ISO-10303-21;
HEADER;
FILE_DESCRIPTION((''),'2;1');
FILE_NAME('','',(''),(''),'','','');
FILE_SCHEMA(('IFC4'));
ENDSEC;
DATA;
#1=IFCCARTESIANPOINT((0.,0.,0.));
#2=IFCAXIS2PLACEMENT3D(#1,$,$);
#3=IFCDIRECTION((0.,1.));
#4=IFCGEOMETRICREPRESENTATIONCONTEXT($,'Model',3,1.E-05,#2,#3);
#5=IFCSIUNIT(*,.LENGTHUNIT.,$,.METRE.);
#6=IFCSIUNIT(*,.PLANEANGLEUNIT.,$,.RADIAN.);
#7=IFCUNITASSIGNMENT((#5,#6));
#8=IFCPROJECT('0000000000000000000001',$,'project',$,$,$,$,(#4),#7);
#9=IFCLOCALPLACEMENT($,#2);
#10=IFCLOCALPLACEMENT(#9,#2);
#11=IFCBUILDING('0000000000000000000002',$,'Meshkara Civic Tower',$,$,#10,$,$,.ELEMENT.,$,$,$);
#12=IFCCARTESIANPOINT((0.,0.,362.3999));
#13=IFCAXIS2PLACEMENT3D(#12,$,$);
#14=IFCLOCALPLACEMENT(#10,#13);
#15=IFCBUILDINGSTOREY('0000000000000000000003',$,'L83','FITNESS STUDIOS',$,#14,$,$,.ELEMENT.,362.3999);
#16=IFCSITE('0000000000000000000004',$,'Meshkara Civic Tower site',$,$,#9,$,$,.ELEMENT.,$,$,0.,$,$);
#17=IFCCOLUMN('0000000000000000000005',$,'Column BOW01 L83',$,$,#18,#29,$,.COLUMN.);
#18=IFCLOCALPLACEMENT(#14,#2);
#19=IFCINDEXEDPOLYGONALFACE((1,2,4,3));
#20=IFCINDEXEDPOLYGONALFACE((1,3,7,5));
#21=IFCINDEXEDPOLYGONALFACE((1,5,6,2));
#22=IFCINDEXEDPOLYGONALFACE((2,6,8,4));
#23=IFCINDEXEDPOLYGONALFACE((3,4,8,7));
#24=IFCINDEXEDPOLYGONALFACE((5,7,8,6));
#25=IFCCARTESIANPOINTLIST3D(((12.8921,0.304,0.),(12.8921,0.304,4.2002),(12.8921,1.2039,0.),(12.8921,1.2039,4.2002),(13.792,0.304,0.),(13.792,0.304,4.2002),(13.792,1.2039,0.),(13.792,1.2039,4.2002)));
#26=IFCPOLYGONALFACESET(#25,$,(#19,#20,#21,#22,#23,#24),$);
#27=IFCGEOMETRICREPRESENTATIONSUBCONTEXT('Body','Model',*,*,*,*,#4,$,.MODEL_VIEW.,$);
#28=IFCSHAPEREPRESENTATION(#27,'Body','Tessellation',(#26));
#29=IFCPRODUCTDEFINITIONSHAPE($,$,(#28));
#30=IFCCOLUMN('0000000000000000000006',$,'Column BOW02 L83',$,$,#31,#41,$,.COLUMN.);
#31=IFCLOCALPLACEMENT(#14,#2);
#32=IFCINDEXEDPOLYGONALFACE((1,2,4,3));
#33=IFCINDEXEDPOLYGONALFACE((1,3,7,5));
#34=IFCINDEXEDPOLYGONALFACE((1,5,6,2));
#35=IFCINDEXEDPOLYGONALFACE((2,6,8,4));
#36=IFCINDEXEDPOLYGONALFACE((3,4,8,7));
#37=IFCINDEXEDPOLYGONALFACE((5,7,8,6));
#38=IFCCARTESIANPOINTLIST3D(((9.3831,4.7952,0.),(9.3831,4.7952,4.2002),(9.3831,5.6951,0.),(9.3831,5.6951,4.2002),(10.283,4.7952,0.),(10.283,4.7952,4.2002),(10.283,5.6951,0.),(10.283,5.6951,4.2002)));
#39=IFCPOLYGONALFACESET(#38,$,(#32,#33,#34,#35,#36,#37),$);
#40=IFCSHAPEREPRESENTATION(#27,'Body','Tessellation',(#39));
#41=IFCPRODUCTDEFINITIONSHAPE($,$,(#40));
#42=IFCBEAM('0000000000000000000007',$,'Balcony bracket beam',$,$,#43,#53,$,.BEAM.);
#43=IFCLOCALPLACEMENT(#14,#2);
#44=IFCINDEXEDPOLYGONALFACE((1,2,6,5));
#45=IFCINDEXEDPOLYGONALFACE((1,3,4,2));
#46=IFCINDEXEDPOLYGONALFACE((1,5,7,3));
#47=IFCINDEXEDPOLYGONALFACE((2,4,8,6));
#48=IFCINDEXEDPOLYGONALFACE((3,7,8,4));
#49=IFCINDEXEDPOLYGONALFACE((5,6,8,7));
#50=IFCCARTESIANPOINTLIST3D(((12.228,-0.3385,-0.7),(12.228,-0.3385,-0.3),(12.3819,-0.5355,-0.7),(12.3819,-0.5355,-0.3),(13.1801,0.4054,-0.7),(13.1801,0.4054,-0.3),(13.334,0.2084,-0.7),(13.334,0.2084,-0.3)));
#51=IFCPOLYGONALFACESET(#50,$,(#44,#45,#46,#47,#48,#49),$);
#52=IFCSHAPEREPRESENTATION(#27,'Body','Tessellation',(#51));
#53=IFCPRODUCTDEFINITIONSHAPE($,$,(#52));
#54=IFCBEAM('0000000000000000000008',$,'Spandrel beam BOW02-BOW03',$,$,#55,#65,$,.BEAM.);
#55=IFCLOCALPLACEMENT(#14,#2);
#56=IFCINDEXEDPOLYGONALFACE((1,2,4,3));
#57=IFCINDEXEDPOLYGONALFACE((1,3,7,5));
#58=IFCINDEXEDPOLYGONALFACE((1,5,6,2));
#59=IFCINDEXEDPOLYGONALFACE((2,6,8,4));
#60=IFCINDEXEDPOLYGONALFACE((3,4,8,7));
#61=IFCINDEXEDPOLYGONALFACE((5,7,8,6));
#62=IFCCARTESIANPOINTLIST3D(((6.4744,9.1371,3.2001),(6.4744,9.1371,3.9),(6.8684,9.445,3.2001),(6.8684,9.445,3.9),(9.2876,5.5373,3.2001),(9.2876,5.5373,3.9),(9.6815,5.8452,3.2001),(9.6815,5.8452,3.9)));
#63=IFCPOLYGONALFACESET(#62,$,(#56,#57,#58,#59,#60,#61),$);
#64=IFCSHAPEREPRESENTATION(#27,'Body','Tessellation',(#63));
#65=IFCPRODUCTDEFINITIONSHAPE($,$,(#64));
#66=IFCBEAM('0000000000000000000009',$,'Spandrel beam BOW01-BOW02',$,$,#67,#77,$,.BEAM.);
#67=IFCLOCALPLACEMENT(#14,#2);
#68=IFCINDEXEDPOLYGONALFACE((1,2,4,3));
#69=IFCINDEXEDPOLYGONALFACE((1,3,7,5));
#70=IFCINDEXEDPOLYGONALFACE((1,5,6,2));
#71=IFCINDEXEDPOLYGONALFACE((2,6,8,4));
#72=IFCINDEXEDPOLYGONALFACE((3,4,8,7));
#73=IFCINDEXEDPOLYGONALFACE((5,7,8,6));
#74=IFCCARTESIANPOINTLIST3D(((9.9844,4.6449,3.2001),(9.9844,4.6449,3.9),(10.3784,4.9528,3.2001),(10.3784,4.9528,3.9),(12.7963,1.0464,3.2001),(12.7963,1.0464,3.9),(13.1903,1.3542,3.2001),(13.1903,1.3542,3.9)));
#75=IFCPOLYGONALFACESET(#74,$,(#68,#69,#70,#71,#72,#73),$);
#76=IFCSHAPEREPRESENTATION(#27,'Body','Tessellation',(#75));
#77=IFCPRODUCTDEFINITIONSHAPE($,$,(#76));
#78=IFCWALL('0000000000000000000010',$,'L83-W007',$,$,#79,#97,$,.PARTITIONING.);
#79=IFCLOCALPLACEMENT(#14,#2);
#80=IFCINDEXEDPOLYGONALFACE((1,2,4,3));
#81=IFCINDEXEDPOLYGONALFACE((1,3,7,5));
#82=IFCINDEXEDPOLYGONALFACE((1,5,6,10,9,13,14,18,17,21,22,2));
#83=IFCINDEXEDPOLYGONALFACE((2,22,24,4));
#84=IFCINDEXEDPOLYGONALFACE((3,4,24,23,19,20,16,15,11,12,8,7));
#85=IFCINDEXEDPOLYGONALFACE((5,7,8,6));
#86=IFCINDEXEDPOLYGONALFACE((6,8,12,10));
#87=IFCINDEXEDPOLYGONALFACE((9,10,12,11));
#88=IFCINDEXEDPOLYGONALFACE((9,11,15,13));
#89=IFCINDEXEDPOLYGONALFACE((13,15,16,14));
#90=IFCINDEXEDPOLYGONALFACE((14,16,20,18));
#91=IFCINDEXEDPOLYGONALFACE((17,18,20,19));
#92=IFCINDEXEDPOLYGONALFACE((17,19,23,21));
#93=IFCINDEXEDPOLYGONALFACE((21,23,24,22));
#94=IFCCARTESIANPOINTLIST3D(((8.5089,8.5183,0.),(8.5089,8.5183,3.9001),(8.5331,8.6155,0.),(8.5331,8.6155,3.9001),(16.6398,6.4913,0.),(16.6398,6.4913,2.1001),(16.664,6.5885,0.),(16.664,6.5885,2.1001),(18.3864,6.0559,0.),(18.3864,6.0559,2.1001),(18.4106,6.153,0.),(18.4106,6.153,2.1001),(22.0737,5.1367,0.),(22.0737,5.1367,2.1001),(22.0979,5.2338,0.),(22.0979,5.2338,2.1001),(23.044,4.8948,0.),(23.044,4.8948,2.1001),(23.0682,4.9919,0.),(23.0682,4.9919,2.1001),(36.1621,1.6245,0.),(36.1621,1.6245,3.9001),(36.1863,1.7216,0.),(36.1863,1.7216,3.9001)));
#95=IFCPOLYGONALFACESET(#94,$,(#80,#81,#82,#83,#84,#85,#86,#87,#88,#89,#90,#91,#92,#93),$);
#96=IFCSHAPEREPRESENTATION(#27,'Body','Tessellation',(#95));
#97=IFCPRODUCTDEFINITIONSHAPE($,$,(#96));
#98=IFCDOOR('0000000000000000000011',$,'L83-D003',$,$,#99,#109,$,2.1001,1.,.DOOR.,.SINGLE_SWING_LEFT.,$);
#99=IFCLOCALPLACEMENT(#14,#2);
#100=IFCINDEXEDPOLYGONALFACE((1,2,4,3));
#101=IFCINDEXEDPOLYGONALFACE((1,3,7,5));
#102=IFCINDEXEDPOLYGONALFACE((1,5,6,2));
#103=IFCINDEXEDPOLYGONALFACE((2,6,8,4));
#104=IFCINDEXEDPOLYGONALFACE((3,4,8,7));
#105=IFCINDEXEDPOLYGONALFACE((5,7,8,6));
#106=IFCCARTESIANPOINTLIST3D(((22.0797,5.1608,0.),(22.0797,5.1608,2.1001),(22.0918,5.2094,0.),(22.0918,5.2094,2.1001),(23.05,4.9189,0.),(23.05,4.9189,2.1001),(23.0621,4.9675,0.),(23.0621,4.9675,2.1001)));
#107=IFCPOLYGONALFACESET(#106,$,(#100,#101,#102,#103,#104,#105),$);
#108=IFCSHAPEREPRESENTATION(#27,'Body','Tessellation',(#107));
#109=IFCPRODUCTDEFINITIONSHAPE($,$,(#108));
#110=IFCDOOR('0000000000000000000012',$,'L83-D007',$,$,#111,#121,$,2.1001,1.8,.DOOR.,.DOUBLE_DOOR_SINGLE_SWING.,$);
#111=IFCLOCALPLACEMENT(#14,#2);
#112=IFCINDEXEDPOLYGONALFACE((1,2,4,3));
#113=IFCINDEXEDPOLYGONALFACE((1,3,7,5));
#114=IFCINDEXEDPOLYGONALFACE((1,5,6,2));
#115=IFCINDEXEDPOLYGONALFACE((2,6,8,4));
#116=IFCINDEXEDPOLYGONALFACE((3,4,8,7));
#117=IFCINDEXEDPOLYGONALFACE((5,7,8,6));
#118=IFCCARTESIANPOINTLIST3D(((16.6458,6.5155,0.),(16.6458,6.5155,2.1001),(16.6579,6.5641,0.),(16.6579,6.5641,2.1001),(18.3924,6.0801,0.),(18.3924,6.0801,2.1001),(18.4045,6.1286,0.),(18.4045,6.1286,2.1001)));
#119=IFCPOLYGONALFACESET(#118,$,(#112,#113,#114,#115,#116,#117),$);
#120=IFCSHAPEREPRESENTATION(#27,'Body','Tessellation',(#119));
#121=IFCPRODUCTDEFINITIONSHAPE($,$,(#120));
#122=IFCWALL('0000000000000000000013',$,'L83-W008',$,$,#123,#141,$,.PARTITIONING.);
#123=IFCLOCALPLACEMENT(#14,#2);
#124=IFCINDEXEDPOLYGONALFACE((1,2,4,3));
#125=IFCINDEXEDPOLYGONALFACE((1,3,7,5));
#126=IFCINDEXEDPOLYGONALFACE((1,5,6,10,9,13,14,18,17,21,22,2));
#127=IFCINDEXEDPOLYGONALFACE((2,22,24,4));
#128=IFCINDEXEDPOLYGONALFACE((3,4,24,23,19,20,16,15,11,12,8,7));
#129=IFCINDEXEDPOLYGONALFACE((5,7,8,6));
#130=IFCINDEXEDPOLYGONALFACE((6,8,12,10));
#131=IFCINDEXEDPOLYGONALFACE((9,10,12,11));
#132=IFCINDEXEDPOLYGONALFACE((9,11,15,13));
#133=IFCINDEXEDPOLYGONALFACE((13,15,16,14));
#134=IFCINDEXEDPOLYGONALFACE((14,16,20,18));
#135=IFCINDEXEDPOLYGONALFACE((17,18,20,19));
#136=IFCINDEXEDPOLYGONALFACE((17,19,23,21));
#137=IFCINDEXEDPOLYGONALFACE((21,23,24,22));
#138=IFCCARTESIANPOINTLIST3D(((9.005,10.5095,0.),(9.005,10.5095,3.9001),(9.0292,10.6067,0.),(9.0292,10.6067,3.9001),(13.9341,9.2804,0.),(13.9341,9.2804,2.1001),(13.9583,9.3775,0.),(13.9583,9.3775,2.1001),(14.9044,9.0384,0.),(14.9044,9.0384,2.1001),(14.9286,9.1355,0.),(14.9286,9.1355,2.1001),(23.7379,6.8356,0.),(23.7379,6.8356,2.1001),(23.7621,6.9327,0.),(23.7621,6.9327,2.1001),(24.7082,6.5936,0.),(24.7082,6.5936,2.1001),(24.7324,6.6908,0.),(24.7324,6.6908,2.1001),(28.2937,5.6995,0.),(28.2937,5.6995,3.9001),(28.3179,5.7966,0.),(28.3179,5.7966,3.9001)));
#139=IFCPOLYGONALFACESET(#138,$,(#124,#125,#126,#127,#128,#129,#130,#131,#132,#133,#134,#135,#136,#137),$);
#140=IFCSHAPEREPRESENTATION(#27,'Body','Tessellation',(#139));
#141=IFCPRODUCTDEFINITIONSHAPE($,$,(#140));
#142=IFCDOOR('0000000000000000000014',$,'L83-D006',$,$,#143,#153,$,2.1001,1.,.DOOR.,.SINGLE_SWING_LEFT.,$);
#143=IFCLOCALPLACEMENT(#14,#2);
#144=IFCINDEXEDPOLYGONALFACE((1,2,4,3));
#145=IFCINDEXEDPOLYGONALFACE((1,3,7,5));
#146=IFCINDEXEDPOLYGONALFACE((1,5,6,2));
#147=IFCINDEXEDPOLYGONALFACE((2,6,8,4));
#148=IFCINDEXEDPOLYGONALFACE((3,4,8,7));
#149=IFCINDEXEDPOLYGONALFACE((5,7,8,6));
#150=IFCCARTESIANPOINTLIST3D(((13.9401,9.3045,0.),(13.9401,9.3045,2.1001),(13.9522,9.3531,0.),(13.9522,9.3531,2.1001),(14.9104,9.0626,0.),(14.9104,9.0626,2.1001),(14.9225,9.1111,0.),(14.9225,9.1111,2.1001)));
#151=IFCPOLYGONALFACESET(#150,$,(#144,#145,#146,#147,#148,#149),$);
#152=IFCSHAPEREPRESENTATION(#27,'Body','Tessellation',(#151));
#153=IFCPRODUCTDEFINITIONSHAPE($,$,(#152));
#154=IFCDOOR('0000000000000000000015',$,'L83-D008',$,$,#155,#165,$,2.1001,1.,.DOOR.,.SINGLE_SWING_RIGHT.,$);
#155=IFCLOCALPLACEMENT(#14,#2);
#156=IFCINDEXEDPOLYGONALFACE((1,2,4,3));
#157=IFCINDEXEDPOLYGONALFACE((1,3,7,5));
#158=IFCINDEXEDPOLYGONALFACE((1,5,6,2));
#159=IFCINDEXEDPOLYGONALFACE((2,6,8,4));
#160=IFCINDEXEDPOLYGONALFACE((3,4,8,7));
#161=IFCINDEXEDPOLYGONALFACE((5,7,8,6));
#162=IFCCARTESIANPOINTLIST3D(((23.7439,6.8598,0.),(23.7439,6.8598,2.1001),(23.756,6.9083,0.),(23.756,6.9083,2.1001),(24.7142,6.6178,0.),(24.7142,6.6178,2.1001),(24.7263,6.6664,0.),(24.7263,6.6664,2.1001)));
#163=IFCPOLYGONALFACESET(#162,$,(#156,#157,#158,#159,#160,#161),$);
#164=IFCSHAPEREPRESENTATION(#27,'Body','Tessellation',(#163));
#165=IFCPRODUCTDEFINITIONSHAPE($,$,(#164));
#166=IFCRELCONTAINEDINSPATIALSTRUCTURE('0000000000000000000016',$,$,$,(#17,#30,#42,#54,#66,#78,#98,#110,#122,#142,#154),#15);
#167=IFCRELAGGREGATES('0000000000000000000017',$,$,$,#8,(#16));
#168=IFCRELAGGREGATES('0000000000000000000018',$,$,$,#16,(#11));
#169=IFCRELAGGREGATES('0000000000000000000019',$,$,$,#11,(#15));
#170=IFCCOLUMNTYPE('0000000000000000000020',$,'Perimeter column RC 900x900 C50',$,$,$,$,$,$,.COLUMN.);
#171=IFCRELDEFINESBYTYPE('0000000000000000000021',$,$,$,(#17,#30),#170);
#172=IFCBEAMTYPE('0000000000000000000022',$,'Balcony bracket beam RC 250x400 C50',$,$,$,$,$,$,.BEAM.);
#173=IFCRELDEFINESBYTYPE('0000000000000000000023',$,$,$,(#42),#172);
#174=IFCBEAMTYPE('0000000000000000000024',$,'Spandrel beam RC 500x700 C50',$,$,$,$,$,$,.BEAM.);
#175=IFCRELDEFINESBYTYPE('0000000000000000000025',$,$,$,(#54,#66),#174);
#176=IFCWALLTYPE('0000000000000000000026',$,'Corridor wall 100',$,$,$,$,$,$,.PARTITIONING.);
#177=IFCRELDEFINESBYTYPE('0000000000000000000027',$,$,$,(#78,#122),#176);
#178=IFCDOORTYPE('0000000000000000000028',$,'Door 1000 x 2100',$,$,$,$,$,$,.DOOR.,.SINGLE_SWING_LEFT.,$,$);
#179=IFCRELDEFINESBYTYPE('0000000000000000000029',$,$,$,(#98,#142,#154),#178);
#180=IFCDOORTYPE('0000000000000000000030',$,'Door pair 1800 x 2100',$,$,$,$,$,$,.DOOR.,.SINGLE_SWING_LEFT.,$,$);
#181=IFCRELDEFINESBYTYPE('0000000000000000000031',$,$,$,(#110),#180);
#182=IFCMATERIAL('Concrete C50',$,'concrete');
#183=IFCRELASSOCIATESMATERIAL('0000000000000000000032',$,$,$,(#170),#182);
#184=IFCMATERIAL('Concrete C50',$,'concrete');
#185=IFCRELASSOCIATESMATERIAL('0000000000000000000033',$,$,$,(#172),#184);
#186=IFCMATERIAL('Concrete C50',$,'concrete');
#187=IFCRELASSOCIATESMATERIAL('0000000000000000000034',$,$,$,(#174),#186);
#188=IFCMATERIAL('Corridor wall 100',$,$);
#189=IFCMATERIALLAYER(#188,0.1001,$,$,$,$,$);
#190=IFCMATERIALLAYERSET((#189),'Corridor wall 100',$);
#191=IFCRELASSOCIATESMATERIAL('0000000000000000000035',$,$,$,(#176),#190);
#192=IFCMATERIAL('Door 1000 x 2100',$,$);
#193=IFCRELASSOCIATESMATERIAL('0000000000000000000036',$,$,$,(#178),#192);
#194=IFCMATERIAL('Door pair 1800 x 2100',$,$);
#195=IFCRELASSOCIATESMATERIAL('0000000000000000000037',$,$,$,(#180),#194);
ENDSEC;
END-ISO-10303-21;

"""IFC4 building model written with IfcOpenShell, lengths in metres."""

from ifc_helpers import new_model, si_unit, direction, frame, frame_2d, origin, origin_2d, place, context, subcontext, project, spatial, rectangle, extrude, material, layer, layer_set, material_profile, profile_set, type_object, element, fill, save


model = new_model("IFC4")

# Units and contexts
model_context = context("Model", 3, precision=1e-05, world=origin(), true_north=direction((0.0, 1.0)))
body_context = subcontext(model_context, "Body", "Model", "MODEL_VIEW")
ifc_project = project(units=[si_unit("LENGTHUNIT", "METRE"), si_unit("PLANEANGLEUNIT", "RADIAN")], contexts=[model_context])

# Site, building, storey
site_placement = place(None, origin())
site = spatial("IfcSite", under=ifc_project, at=site_placement, Name="Meshkara Civic Tower site", CompositionType="ELEMENT", RefElevation=0.0)
building_placement = place(site_placement, origin())
building = spatial("IfcBuilding", under=site, at=building_placement, Name="Meshkara Civic Tower", CompositionType="ELEMENT")
storey_placement = place(building_placement, frame((0.0, 0.0, 362.3999)))
storey = spatial("IfcBuildingStorey", under=building, at=storey_placement, Name="L83", Description="FITNESS STUDIOS", CompositionType="ELEMENT", Elevation=362.3999)

# Columns
ifc_material_1 = material(Name="Concrete C50", Category="concrete")
ifc_material_profile_1 = material_profile(ifc_material_1, rectangle(XDim=0.8999, YDim=0.8999, at=origin_2d()))
ifc_profile_set_1 = profile_set([ifc_material_profile_1], Name="Concrete C50")
column_type = type_object("IfcColumnType", Name="Perimeter column RC 900x900 C50", PredefinedType="COLUMN", material=ifc_profile_set_1)
for number, where, z_axis, x_axis, name in (
    (1, (13.342, 0.7539, 0.0), (0.0, 0.0, 1.0), (1.0, 0.0, 0.0), "Column BOW01 L83"),
    (2, (9.833, 5.2451, 0.0), (0.0, 0.0, 1.0), (1.0, 0.0, 0.0), "Column BOW02 L83"),
):
    element("IfcColumn", number, at=place(storey_placement, frame(where, z_axis=z_axis, x_axis=x_axis)), inside=storey, type_object=column_type, Name=name, PredefinedType="COLUMN", context=body_context, shape_type="SweptSolid", body=[
        extrude(rectangle(XDim=0.8999, YDim=0.8999, at=origin_2d()), origin(), (0.0, 0.0, 1.0), 4.2002),
    ])

# Beams
ifc_material_2 = material(Name="Concrete C50", Category="concrete")
ifc_material_profile_2 = material_profile(ifc_material_2, rectangle(XDim=0.25, YDim=0.3999, at=origin_2d()))
ifc_profile_set_2 = profile_set([ifc_material_profile_2], Name="Concrete C50")
beam_type_1 = type_object("IfcBeamType", Name="Balcony bracket beam RC 250x400 C50", PredefinedType="BEAM", material=ifc_profile_set_2)
beam_1_placement = place(storey_placement, frame((13.2571, 0.3069, -0.5), z_axis=(-0.788012, -0.61566, 0.0), x_axis=(0.61566, -0.788012, 0.0)))
element("IfcBeam", 3, at=beam_1_placement, inside=storey, type_object=beam_type_1, Name="Balcony bracket beam", PredefinedType="BEAM", context=body_context, shape_type="SweptSolid", body=[
    extrude(rectangle(XDim=0.25, YDim=0.3999, at=origin_2d()), origin(), (0.0, 0.0, 1.0), 1.2083),
])
ifc_material_3 = material(Name="Concrete C50", Category="concrete")
ifc_material_profile_3 = material_profile(ifc_material_3, rectangle(XDim=0.5, YDim=0.7, at=origin_2d()))
ifc_profile_set_3 = profile_set([ifc_material_profile_3], Name="Concrete C50")
beam_type_2 = type_object("IfcBeamType", Name="Spandrel beam RC 500x700 C50", PredefinedType="BEAM", material=ifc_profile_set_3)
beam_2_placement = place(storey_placement, frame((6.6714, 9.291, 3.55), z_axis=(0.615759, -0.787934, 0.0), x_axis=(0.787934, 0.615759, 0.0)))
element("IfcBeam", 4, at=beam_2_placement, inside=storey, type_object=beam_type_2, Name="Spandrel beam BOW02-BOW03", PredefinedType="BEAM", context=body_context, shape_type="SweptSolid", body=[
    extrude(rectangle(XDim=0.5, YDim=0.7, at=origin_2d()), origin(), (0.0, 0.0, 1.0), 4.5686),
])
beam_3_placement = place(storey_placement, frame((10.1814, 4.7988, 3.55), z_axis=(0.615723, -0.787963, 0.0), x_axis=(0.787963, 0.615723, 0.0)))
element("IfcBeam", 5, at=beam_3_placement, inside=storey, type_object=beam_type_2, Name="Spandrel beam BOW01-BOW02", PredefinedType="BEAM", context=body_context, shape_type="SweptSolid", body=[
    extrude(rectangle(XDim=0.5, YDim=0.7, at=origin_2d()), origin(), (0.0, 0.0, 1.0), 4.5669),
])

# Walls, openings, doors
ifc_material_4 = material(Name="Corridor wall 100")
ifc_layer_1 = layer(ifc_material_4, 0.1001)
ifc_layer_set_1 = layer_set([ifc_layer_1], Name="Corridor wall 100")
wall_type_1 = type_object("IfcWallType", Name="Corridor wall 100", PredefinedType="PARTITIONING", material=ifc_layer_set_1)
wall_1_placement = place(storey_placement, frame((8.521, 8.5669, 0.0), z_axis=(0.0, 0.0, 1.0), x_axis=(0.970303, -0.241893, 0.0)))
wall_1 = element("IfcWall", 6, at=wall_1_placement, inside=storey, type_object=wall_type_1, Name="L83-W007", PredefinedType="PARTITIONING", context=body_context, shape_type="SweptSolid", body=[
    extrude(rectangle(XDim=28.4995, YDim=0.1001, at=frame_2d((14.2498, 0.0))), origin(), (0.0, 0.0, 1.0), 3.9001),
])
opening_1_placement = place(wall_1_placement, frame((13.98, 0.0, 0.0)))
opening_1 = element("IfcOpeningElement", 7, at=opening_1_placement, cuts=wall_1, PredefinedType="OPENING", context=body_context, shape_type="SweptSolid", body=[
    extrude(rectangle(XDim=1.0, YDim=2.1001, at=frame_2d((0.5, 1.05))), frame((0.0, 0.0601, 0.0), z_axis=(0.0, -1.0, 0.0), x_axis=(1.0, 0.0, 0.0)), (0.0, 0.0, 1.0), 0.1201),
])
opening_2_placement = place(wall_1_placement, frame((8.3799, 0.0, 0.0)))
opening_2 = element("IfcOpeningElement", 8, at=opening_2_placement, cuts=wall_1, PredefinedType="OPENING", context=body_context, shape_type="SweptSolid", body=[
    extrude(rectangle(XDim=1.8, YDim=2.1001, at=frame_2d((0.8999, 1.05))), frame((0.0, 0.0601, 0.0), z_axis=(0.0, -1.0, 0.0), x_axis=(1.0, 0.0, 0.0)), (0.0, 0.0, 1.0), 0.1201),
])
ifc_material_5 = material(Name="Door 1000 x 2100")
door_type_1 = type_object("IfcDoorType", Name="Door 1000 x 2100", OperationType="SINGLE_SWING_LEFT", PredefinedType="DOOR", material=ifc_material_5)
door_1_placement = place(opening_1_placement, origin())
door_1 = element("IfcDoor", 9, at=door_1_placement, inside=storey, type_object=door_type_1, Name="L83-D003", OperationType="SINGLE_SWING_LEFT", OverallHeight=2.1001, OverallWidth=1.0, PredefinedType="DOOR", context=body_context, shape_type="SweptSolid", body=[
    extrude(rectangle(XDim=1.0, YDim=2.1001, at=frame_2d((0.5, 1.05))), frame((0.0, 0.0249, 0.0), z_axis=(0.0, -1.0, 0.0), x_axis=(1.0, 0.0, 0.0)), (0.0, 0.0, 1.0), 0.05),
])
fill(opening_1, door_1)
ifc_material_6 = material(Name="Door pair 1800 x 2100")
door_type_2 = type_object("IfcDoorType", Name="Door pair 1800 x 2100", OperationType="SINGLE_SWING_LEFT", PredefinedType="DOOR", material=ifc_material_6)
door_2_placement = place(opening_2_placement, origin())
door_2 = element("IfcDoor", 10, at=door_2_placement, inside=storey, type_object=door_type_2, Name="L83-D007", OperationType="DOUBLE_DOOR_SINGLE_SWING", OverallHeight=2.1001, OverallWidth=1.8, PredefinedType="DOOR", context=body_context, shape_type="SweptSolid", body=[
    extrude(rectangle(XDim=1.8, YDim=2.1001, at=frame_2d((0.8999, 1.05))), frame((0.0, 0.0249, 0.0), z_axis=(0.0, -1.0, 0.0), x_axis=(1.0, 0.0, 0.0)), (0.0, 0.0, 1.0), 0.05),
])
fill(opening_2, door_2)
wall_2_placement = place(storey_placement, frame((9.0171, 10.5581, 0.0), z_axis=(0.0, 0.0, 1.0), x_axis=(0.970286, -0.241961, 0.0)))
wall_2 = element("IfcWall", 11, at=wall_2_placement, inside=storey, type_object=wall_type_1, Name="L83-W008", PredefinedType="PARTITIONING", context=body_context, shape_type="SweptSolid", body=[
    extrude(rectangle(XDim=19.8794, YDim=0.1001, at=frame_2d((9.9397, 0.0))), origin(), (0.0, 0.0, 1.0), 3.9001),
])
opening_3_placement = place(wall_2_placement, frame((5.0801, 0.0, 0.0)))
opening_3 = element("IfcOpeningElement", 12, at=opening_3_placement, cuts=wall_2, PredefinedType="OPENING", context=body_context, shape_type="SweptSolid", body=[
    extrude(rectangle(XDim=1.0, YDim=2.1001, at=frame_2d((0.5, 1.05))), frame((0.0, 0.0601, 0.0), z_axis=(0.0, -1.0, 0.0), x_axis=(1.0, 0.0, 0.0)), (0.0, 0.0, 1.0), 0.1201),
])
opening_4_placement = place(wall_2_placement, frame((15.1841, 0.0, 0.0)))
opening_4 = element("IfcOpeningElement", 13, at=opening_4_placement, cuts=wall_2, PredefinedType="OPENING", context=body_context, shape_type="SweptSolid", body=[
    extrude(rectangle(XDim=1.0, YDim=2.1001, at=frame_2d((0.5, 1.05))), frame((0.0, 0.0601, 0.0), z_axis=(0.0, -1.0, 0.0), x_axis=(1.0, 0.0, 0.0)), (0.0, 0.0, 1.0), 0.1201),
])
door_3_placement = place(opening_3_placement, origin())
door_3 = element("IfcDoor", 14, at=door_3_placement, inside=storey, type_object=door_type_1, Name="L83-D006", OperationType="SINGLE_SWING_LEFT", OverallHeight=2.1001, OverallWidth=1.0, PredefinedType="DOOR", context=body_context, shape_type="SweptSolid", body=[
    extrude(rectangle(XDim=1.0, YDim=2.1001, at=frame_2d((0.5, 1.05))), frame((0.0, 0.0249, 0.0), z_axis=(0.0, -1.0, 0.0), x_axis=(1.0, 0.0, 0.0)), (0.0, 0.0, 1.0), 0.05),
])
fill(opening_3, door_3)
door_4_placement = place(opening_4_placement, origin())
door_4 = element("IfcDoor", 15, at=door_4_placement, inside=storey, type_object=door_type_1, Name="L83-D008", OperationType="SINGLE_SWING_RIGHT", OverallHeight=2.1001, OverallWidth=1.0, PredefinedType="DOOR", context=body_context, shape_type="SweptSolid", body=[
    extrude(rectangle(XDim=1.0, YDim=2.1001, at=frame_2d((0.5, 1.05))), frame((0.0, 0.0249, 0.0), z_axis=(0.0, -1.0, 0.0), x_axis=(1.0, 0.0, 0.0)), (0.0, 0.0, 1.0), 0.05),
])
fill(opening_4, door_4)

save(model, "model.ifc")
